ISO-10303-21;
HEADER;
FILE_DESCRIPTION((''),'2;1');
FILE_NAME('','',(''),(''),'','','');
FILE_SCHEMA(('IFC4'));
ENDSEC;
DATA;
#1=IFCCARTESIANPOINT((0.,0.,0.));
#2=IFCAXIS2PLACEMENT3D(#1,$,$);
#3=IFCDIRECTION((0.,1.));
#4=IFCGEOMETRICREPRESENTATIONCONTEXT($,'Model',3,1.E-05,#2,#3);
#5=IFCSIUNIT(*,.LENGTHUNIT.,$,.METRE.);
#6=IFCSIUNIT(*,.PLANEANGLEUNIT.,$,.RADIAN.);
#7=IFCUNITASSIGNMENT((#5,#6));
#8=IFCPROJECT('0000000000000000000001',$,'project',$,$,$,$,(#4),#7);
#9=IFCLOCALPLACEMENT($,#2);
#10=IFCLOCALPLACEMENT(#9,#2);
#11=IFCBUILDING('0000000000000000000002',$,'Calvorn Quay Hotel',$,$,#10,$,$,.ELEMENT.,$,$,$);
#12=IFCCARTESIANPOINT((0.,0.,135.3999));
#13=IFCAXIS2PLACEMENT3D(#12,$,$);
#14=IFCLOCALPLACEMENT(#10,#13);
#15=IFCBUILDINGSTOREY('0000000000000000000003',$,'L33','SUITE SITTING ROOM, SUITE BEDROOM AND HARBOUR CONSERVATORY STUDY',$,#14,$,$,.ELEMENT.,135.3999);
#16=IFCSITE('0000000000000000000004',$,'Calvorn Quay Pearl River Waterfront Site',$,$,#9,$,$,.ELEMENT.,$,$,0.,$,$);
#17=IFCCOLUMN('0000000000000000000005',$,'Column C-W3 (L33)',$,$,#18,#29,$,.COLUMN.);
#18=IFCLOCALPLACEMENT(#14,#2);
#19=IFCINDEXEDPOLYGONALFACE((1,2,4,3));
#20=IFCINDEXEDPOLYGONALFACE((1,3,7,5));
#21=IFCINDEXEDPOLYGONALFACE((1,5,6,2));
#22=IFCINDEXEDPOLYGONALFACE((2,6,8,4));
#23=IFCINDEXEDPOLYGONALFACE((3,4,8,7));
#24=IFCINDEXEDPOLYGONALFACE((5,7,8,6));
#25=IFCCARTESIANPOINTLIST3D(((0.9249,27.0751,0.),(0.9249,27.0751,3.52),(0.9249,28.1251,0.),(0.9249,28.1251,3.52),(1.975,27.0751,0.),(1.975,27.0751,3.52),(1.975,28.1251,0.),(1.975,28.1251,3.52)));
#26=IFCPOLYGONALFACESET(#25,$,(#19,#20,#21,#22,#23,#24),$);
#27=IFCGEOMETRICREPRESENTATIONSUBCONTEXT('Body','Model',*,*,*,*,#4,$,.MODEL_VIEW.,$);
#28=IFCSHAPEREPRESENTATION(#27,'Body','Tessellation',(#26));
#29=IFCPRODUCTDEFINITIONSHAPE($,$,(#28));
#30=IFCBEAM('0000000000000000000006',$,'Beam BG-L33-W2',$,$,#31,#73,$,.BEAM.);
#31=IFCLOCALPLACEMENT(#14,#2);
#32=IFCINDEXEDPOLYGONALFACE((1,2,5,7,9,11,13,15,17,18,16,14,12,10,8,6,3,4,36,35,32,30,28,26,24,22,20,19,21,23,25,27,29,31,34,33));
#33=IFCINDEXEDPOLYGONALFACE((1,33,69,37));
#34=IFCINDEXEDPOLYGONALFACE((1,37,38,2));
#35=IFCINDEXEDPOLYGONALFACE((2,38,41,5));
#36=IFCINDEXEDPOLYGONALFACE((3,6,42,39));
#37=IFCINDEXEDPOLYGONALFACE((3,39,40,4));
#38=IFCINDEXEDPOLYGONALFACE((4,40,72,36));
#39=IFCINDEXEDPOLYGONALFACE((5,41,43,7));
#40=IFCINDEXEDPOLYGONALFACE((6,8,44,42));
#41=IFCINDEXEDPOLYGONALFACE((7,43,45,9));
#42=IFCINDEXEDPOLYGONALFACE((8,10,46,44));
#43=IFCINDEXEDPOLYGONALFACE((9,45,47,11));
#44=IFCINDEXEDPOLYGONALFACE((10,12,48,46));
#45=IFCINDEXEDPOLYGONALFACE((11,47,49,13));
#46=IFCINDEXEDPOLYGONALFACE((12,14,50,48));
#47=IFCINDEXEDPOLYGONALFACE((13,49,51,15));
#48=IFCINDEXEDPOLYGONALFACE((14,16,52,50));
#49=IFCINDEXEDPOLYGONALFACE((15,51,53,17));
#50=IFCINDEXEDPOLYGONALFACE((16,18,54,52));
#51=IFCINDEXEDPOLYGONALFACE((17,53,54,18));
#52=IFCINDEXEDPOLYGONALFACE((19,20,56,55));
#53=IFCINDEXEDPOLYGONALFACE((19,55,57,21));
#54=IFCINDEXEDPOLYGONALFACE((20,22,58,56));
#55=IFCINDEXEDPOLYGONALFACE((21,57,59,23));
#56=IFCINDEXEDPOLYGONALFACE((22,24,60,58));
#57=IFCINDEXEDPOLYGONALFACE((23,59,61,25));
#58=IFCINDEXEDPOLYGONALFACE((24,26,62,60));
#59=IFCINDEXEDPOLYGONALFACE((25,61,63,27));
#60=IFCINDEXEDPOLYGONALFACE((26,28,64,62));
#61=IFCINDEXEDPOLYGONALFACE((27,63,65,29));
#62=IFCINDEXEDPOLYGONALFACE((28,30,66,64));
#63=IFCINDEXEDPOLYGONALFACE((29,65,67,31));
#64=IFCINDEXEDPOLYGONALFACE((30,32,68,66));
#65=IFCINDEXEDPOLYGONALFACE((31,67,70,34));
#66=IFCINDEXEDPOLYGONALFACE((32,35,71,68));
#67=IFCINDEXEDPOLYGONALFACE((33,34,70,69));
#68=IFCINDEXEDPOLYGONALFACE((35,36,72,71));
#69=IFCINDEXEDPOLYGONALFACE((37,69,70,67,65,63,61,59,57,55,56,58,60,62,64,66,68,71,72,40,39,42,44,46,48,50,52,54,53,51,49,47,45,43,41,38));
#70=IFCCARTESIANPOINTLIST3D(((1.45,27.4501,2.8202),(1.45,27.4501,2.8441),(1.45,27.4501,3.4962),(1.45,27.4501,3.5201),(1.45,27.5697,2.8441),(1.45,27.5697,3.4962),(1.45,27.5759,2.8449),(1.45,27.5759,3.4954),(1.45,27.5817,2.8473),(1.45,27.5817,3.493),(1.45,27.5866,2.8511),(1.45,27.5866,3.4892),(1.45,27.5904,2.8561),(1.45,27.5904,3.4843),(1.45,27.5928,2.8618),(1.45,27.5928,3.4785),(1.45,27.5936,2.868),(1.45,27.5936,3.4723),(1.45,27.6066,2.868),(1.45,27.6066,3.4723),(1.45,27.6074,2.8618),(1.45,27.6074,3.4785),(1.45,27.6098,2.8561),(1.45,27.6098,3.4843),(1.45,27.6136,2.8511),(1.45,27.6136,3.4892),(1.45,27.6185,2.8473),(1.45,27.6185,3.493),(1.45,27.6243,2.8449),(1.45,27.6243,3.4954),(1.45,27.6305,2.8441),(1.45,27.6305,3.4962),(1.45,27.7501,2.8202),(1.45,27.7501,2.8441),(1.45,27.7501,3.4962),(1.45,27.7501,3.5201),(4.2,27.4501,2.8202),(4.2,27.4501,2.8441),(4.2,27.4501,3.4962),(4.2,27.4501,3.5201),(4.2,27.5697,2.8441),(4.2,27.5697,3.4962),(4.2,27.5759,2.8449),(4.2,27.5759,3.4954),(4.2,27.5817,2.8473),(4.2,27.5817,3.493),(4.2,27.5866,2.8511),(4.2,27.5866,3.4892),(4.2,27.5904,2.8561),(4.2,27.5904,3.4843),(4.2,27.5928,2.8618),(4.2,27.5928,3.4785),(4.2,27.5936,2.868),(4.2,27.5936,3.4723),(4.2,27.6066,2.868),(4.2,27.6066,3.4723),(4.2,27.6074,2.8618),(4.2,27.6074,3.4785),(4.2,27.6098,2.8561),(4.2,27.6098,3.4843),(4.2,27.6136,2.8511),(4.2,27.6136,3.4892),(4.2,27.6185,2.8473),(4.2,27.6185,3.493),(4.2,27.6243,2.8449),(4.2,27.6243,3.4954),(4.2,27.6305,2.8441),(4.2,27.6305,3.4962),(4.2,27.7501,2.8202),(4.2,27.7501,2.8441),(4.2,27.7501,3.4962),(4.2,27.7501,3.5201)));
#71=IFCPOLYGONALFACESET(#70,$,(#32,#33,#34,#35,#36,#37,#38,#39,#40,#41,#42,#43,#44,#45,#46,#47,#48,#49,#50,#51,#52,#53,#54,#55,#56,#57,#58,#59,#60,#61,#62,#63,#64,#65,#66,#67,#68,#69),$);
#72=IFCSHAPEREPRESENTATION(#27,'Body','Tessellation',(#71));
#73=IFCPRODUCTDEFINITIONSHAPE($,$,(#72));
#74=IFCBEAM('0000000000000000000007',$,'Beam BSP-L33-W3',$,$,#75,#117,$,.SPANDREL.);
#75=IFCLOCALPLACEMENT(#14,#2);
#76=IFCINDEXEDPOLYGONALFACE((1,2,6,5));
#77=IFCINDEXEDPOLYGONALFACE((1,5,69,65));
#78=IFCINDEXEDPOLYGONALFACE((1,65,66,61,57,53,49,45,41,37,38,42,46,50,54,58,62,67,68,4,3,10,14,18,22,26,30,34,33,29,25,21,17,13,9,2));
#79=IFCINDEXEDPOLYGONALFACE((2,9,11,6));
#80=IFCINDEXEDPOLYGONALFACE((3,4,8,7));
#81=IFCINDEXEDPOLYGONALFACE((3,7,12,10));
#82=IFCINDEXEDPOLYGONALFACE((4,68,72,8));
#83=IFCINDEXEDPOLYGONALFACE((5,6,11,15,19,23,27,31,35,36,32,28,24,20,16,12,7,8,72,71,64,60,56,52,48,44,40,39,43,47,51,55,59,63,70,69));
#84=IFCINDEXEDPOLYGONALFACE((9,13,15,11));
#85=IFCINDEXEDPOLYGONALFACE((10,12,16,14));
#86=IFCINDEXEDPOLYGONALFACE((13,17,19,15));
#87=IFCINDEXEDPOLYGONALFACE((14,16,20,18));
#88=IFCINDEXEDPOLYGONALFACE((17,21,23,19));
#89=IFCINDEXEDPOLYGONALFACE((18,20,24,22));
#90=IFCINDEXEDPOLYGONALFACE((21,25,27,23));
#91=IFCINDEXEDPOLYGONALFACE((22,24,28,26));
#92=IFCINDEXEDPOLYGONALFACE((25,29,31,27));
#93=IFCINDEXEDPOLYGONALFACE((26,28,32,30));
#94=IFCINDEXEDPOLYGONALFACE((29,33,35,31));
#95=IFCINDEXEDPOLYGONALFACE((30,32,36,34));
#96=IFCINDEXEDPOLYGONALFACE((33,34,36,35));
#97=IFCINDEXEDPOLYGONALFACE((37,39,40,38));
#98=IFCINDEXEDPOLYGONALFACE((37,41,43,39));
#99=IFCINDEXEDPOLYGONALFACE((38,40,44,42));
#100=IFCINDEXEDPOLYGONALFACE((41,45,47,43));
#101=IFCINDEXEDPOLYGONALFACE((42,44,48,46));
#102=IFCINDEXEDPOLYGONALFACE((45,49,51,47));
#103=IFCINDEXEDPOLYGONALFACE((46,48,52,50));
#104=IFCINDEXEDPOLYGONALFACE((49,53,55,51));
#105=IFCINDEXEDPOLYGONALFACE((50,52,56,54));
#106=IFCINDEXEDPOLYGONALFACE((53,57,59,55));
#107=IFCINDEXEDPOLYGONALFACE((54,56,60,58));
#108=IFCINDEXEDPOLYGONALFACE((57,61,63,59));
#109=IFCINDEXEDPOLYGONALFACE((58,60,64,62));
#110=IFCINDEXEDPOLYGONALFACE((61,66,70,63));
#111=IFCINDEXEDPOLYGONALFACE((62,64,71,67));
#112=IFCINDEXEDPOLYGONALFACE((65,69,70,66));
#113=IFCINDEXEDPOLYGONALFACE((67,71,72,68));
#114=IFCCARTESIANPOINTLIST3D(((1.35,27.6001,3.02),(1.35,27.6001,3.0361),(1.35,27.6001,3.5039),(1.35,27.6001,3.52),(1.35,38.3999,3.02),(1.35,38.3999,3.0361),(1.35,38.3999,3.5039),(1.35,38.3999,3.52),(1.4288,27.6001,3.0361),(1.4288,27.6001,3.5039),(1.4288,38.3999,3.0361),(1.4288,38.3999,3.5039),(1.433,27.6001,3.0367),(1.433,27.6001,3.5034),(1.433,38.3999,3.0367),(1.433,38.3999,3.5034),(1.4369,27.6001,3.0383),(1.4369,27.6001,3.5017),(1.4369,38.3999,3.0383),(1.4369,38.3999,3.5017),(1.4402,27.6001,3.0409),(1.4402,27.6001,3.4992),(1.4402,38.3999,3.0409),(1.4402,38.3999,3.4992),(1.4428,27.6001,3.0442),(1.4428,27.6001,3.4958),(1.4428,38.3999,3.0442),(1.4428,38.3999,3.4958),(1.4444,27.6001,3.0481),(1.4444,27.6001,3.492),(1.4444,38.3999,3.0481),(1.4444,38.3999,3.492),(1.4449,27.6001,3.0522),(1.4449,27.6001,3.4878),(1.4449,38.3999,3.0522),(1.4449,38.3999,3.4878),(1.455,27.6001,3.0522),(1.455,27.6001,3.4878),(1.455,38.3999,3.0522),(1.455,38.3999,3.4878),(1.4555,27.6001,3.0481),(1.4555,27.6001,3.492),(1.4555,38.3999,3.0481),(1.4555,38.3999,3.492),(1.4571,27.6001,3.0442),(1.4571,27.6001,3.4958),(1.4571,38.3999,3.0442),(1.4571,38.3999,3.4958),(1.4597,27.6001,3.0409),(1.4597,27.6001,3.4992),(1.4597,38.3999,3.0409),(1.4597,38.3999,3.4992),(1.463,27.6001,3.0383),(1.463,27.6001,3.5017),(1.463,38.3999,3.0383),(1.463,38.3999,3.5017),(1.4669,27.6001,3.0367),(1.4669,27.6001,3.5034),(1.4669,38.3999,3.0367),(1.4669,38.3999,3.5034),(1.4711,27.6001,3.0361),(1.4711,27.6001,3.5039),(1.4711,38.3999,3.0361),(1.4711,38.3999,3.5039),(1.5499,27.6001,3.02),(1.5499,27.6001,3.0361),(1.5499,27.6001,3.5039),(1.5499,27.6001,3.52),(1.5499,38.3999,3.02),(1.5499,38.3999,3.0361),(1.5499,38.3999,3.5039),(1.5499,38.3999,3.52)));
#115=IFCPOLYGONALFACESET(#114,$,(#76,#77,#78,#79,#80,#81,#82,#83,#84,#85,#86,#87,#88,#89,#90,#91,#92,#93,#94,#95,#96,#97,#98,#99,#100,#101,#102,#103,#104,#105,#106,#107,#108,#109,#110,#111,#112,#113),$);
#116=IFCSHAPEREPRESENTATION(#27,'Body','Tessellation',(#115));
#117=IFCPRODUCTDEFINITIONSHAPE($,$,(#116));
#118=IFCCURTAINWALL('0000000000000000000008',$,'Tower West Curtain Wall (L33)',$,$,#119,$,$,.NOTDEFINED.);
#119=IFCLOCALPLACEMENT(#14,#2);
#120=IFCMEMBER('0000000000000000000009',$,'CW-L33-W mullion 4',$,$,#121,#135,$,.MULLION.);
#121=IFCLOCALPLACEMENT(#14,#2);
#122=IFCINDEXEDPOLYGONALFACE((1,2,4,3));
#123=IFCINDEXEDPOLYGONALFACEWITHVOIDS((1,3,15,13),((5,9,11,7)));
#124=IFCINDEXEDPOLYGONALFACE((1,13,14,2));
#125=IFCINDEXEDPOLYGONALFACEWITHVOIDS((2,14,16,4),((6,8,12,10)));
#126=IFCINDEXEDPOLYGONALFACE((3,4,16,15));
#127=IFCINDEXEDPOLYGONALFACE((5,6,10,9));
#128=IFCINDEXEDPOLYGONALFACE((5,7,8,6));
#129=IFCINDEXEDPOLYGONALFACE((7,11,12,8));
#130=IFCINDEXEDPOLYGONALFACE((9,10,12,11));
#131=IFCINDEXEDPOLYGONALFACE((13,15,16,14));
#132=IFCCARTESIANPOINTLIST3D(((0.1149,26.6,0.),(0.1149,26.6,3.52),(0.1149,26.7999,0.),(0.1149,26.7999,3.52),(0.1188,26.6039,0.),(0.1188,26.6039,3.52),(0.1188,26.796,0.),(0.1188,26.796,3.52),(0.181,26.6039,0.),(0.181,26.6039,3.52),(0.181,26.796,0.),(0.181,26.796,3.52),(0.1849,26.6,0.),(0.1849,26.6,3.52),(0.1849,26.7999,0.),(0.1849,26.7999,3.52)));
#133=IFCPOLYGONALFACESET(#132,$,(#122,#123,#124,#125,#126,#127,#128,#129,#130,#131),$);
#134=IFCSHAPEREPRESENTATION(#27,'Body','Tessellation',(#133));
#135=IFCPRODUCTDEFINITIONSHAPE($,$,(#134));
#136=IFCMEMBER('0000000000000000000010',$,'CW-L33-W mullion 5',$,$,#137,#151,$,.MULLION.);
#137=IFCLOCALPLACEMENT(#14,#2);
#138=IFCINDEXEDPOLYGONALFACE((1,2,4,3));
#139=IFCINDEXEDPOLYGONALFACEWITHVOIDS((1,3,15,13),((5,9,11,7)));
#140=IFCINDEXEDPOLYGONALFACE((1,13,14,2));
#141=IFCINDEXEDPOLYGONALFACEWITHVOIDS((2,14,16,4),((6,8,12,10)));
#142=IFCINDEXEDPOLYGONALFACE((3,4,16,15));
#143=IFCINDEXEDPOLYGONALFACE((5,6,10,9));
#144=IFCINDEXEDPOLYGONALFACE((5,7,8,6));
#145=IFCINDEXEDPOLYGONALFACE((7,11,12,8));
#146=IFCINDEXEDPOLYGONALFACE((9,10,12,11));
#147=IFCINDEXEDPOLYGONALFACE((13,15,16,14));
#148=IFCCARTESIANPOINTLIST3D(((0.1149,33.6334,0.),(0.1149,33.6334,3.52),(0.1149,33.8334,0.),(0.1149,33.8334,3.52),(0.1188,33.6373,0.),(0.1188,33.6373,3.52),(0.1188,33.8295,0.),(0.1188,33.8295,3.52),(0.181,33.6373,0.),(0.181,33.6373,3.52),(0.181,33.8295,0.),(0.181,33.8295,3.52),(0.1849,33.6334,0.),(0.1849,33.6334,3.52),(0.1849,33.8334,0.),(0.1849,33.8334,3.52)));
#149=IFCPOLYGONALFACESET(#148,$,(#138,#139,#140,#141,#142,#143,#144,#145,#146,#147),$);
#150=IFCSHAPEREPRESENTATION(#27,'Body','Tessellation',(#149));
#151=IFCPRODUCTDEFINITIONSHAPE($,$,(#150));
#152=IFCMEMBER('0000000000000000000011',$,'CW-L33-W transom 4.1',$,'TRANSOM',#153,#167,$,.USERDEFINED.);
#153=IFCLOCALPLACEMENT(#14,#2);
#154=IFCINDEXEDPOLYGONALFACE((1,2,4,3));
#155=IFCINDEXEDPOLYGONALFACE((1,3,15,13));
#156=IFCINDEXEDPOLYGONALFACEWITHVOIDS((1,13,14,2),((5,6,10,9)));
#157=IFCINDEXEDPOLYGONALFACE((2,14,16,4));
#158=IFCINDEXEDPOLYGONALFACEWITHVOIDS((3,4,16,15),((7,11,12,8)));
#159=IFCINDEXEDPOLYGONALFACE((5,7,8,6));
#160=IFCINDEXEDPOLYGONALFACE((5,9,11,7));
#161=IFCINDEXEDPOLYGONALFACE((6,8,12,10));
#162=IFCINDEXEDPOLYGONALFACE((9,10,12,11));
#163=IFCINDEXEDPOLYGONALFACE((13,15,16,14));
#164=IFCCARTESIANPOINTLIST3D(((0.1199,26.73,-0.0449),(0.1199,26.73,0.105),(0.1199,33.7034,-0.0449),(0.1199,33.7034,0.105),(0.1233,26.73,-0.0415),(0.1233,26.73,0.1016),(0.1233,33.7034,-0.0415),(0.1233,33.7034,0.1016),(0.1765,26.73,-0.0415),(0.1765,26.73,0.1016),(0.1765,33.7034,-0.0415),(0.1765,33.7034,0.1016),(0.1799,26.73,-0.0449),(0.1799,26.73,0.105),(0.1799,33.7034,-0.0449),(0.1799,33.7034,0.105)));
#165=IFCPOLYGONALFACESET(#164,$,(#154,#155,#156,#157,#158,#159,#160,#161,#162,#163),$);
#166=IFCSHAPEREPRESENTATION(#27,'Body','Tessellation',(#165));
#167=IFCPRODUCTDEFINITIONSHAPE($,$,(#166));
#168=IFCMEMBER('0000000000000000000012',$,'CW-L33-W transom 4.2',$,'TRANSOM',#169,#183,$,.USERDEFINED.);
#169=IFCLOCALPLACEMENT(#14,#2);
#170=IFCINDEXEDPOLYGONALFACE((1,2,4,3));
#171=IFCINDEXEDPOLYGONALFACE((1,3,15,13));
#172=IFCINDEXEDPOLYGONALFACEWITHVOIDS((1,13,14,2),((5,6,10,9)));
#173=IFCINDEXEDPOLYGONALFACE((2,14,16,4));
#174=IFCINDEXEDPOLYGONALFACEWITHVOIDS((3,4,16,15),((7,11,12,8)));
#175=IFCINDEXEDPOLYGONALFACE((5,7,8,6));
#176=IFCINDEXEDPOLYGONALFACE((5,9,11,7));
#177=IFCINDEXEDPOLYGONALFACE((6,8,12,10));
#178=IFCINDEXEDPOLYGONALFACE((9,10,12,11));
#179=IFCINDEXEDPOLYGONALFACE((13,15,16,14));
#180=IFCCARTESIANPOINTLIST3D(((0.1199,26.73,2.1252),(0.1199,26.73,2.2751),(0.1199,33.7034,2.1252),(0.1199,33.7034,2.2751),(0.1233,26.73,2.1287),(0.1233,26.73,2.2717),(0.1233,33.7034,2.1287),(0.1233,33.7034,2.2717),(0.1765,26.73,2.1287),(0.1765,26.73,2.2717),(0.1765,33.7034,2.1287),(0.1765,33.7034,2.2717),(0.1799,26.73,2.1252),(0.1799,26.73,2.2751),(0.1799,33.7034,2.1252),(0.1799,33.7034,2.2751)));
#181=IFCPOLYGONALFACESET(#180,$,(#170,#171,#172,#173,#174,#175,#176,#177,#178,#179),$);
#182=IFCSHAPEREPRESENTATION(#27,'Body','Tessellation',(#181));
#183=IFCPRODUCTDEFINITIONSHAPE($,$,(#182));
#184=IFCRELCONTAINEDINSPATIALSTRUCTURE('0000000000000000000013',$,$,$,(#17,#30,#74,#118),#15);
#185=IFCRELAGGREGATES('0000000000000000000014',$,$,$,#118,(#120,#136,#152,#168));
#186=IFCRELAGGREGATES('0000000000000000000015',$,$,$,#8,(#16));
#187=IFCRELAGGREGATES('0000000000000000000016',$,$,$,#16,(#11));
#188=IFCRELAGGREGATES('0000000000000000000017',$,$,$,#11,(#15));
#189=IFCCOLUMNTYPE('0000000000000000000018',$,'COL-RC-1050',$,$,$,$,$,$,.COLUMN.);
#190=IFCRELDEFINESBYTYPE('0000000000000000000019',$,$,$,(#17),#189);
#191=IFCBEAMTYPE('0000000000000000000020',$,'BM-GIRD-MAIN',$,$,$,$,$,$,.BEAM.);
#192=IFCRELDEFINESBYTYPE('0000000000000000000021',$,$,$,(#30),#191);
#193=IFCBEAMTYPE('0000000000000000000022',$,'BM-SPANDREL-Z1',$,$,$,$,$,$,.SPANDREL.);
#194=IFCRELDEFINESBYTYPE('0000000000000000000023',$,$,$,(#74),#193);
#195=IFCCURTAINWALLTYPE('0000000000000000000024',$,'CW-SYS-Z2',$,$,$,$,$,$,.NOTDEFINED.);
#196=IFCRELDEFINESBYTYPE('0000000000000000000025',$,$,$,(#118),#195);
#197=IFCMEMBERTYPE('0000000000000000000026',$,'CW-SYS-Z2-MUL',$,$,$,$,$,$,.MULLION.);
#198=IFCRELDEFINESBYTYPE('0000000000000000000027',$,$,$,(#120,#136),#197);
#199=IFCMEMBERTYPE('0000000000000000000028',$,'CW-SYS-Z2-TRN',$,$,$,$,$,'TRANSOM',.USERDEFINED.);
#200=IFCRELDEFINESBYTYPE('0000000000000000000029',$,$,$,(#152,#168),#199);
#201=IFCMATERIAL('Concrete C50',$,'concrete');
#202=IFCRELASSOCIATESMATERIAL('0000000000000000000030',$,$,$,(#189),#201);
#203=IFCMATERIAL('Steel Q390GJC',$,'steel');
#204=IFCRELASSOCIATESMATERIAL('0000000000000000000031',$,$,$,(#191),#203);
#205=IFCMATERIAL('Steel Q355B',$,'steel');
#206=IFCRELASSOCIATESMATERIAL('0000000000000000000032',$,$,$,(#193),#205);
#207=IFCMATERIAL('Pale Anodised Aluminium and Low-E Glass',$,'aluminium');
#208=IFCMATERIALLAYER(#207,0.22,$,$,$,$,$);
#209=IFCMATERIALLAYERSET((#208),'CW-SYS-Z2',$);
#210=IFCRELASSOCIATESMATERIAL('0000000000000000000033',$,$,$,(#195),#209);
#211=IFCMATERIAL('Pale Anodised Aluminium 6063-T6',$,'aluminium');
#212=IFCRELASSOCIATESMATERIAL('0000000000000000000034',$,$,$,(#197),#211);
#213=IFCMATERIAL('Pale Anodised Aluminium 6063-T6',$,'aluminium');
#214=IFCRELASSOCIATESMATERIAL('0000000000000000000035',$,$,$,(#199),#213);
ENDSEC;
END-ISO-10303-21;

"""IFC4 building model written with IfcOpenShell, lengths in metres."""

from ifc_helpers import new_model, si_unit, direction, frame, origin, origin_2d, place, context, subcontext, project, spatial, rectangle, hollow_rectangle, i_section, extrude, material, layer, layer_set, material_profile, profile_set, type_object, element, aggregate, save


model = new_model("IFC4")

# Units and contexts
model_context = context("Model", 3, precision=1e-05, world=origin(), true_north=direction((0.0, 1.0)))
body_context = subcontext(model_context, "Body", "Model", "MODEL_VIEW")
ifc_project = project(units=[si_unit("LENGTHUNIT", "METRE"), si_unit("PLANEANGLEUNIT", "RADIAN")], contexts=[model_context])

# Site, building, storey
site_placement = place(None, origin())
site = spatial("IfcSite", under=ifc_project, at=site_placement, Name="Calvorn Quay Pearl River Waterfront Site", CompositionType="ELEMENT", RefElevation=0.0)
building_placement = place(site_placement, origin())
building = spatial("IfcBuilding", under=site, at=building_placement, Name="Calvorn Quay Hotel", CompositionType="ELEMENT")
storey_placement = place(building_placement, frame((0.0, 0.0, 135.3999)))
storey = spatial("IfcBuildingStorey", under=building, at=storey_placement, Name="L33", Description="SUITE SITTING ROOM, SUITE BEDROOM AND HARBOUR CONSERVATORY STUDY", CompositionType="ELEMENT", Elevation=135.3999)

# Column
ifc_material_1 = material(Name="Concrete C50", Category="concrete")
ifc_material_profile_1 = material_profile(ifc_material_1, rectangle(XDim=1.05, YDim=1.05, at=origin_2d()), Name="RC1050x1050")
ifc_profile_set_1 = profile_set([ifc_material_profile_1], Name="Concrete C50")
column_type = type_object("IfcColumnType", Name="COL-RC-1050", PredefinedType="COLUMN", material=ifc_profile_set_1)
column_placement = place(storey_placement, frame((1.45, 27.6001, 0.0), z_axis=(0.0, 0.0, 1.0), x_axis=(1.0, 0.0, 0.0)))
element("IfcColumn", 1, at=column_placement, inside=storey, type_object=column_type, Name="Column C-W3 (L33)", PredefinedType="COLUMN", context=body_context, shape_type="SweptSolid", body=[
    extrude(rectangle(XDim=1.05, YDim=1.05, at=origin_2d()), origin(), (0.0, 0.0, 1.0), 3.52),
])

# Beams
ifc_material_2 = material(Name="Steel Q390GJC", Category="steel")
ifc_material_profile_2 = material_profile(ifc_material_2, i_section(OverallWidth=0.3, OverallDepth=0.7, WebThickness=0.0129, FlangeThickness=0.0239, FilletRadius=0.0239, at=origin_2d()), Name="HN700x300x13x24")
ifc_profile_set_2 = profile_set([ifc_material_profile_2], Name="Steel Q390GJC")
beam_type_1 = type_object("IfcBeamType", Name="BM-GIRD-MAIN", PredefinedType="BEAM", material=ifc_profile_set_2)
beam_1_placement = place(storey_placement, frame((1.45, 27.6001, 3.1702), z_axis=(1.0, 0.0, 0.0), x_axis=(0.0, 1.0, 0.0)))
element("IfcBeam", 2, at=beam_1_placement, inside=storey, type_object=beam_type_1, Name="Beam BG-L33-W2", PredefinedType="BEAM", context=body_context, shape_type="SweptSolid", body=[
    extrude(i_section(OverallWidth=0.3, OverallDepth=0.7, WebThickness=0.0129, FlangeThickness=0.0239, FilletRadius=0.0239, at=origin_2d()), origin(), (0.0, 0.0, 1.0), 2.75),
])
ifc_material_3 = material(Name="Steel Q355B", Category="steel")
ifc_material_profile_3 = material_profile(ifc_material_3, i_section(OverallWidth=0.2, OverallDepth=0.5, WebThickness=0.01, FlangeThickness=0.0161, FilletRadius=0.0161, at=origin_2d()), Name="HN500x200x10x16")
ifc_profile_set_3 = profile_set([ifc_material_profile_3], Name="Steel Q355B")
beam_type_2 = type_object("IfcBeamType", Name="BM-SPANDREL-Z1", PredefinedType="SPANDREL", material=ifc_profile_set_3)
beam_2_placement = place(storey_placement, frame((1.45, 27.6001, 3.27), z_axis=(0.0, 1.0, 0.0), x_axis=(-1.0, 0.0, 0.0)))
element("IfcBeam", 3, at=beam_2_placement, inside=storey, type_object=beam_type_2, Name="Beam BSP-L33-W3", PredefinedType="SPANDREL", context=body_context, shape_type="SweptSolid", body=[
    extrude(i_section(OverallWidth=0.2, OverallDepth=0.5, WebThickness=0.01, FlangeThickness=0.0161, FilletRadius=0.0161, at=origin_2d()), origin(), (0.0, 0.0, 1.0), 10.7998),
])

# Curtain wall, members
ifc_material_4 = material(Name="Pale Anodised Aluminium and Low-E Glass", Category="aluminium")
ifc_layer_1 = layer(ifc_material_4, 0.22)
ifc_layer_set_1 = layer_set([ifc_layer_1], Name="CW-SYS-Z2")
curtain_wall_type = type_object("IfcCurtainWallType", Name="CW-SYS-Z2", PredefinedType="NOTDEFINED", material=ifc_layer_set_1)
curtain_wall_placement = place(storey_placement, origin())
curtain_wall = element("IfcCurtainWall", 4, at=curtain_wall_placement, inside=storey, type_object=curtain_wall_type, Name="Tower West Curtain Wall (L33)", PredefinedType="NOTDEFINED")
ifc_material_5 = material(Name="Pale Anodised Aluminium 6063-T6", Category="aluminium")
ifc_material_profile_4 = material_profile(ifc_material_5, hollow_rectangle(XDim=0.0701, YDim=0.2, WallThickness=0.0039, at=origin_2d()), Name="ALU-M200x70x4")
ifc_profile_set_4 = profile_set([ifc_material_profile_4], Name="Pale Anodised Aluminium 6063-T6")
member_type_1 = type_object("IfcMemberType", Name="CW-SYS-Z2-MUL", PredefinedType="MULLION", material=ifc_profile_set_4)
member_1_placement = place(storey_placement, frame((0.1499, 26.7, 0.0), z_axis=(0.0, 0.0, 1.0), x_axis=(-1.0, 0.0, 0.0)))
member_1 = element("IfcMember", 5, at=member_1_placement, type_object=member_type_1, Name="CW-L33-W mullion 4", PredefinedType="MULLION", context=body_context, shape_type="SweptSolid", body=[
    extrude(hollow_rectangle(XDim=0.0701, YDim=0.2, WallThickness=0.0039, at=origin_2d()), origin(), (0.0, 0.0, 1.0), 3.52),
])
member_2_placement = place(storey_placement, frame((0.1499, 33.7334, 0.0), z_axis=(0.0, 0.0, 1.0), x_axis=(-1.0, 0.0, 0.0)))
member_2 = element("IfcMember", 6, at=member_2_placement, type_object=member_type_1, Name="CW-L33-W mullion 5", PredefinedType="MULLION", context=body_context, shape_type="SweptSolid", body=[
    extrude(hollow_rectangle(XDim=0.0701, YDim=0.2, WallThickness=0.0039, at=origin_2d()), origin(), (0.0, 0.0, 1.0), 3.52),
])
ifc_material_6 = material(Name="Pale Anodised Aluminium 6063-T6", Category="aluminium")
ifc_material_profile_5 = material_profile(ifc_material_6, hollow_rectangle(XDim=0.0601, YDim=0.1499, WallThickness=0.0034, at=origin_2d()), Name="ALU-T150x60x3.5")
ifc_profile_set_5 = profile_set([ifc_material_profile_5], Name="Pale Anodised Aluminium 6063-T6")
member_type_2 = type_object("IfcMemberType", Name="CW-SYS-Z2-TRN", ElementType="TRANSOM", PredefinedType="USERDEFINED", material=ifc_profile_set_5)
member_3_placement = place(storey_placement, frame((0.1499, 26.73, 0.03), z_axis=(0.0, 1.0, 0.0), x_axis=(-1.0, 0.0, 0.0)))
member_3 = element("IfcMember", 7, at=member_3_placement, type_object=member_type_2, Name="CW-L33-W transom 4.1", ObjectType="TRANSOM", PredefinedType="USERDEFINED", context=body_context, shape_type="SweptSolid", body=[
    extrude(hollow_rectangle(XDim=0.0601, YDim=0.1499, WallThickness=0.0034, at=origin_2d()), origin(), (0.0, 0.0, 1.0), 6.9734),
])
member_4_placement = place(storey_placement, frame((0.1499, 26.73, 2.2002), z_axis=(0.0, 1.0, 0.0), x_axis=(-1.0, 0.0, 0.0)))
member_4 = element("IfcMember", 8, at=member_4_placement, type_object=member_type_2, Name="CW-L33-W transom 4.2", ObjectType="TRANSOM", PredefinedType="USERDEFINED", context=body_context, shape_type="SweptSolid", body=[
    extrude(hollow_rectangle(XDim=0.0601, YDim=0.1499, WallThickness=0.0034, at=origin_2d()), origin(), (0.0, 0.0, 1.0), 6.9734),
])
aggregate(curtain_wall, [member_1, member_2, member_3, member_4])

save(model, "model.ifc")
